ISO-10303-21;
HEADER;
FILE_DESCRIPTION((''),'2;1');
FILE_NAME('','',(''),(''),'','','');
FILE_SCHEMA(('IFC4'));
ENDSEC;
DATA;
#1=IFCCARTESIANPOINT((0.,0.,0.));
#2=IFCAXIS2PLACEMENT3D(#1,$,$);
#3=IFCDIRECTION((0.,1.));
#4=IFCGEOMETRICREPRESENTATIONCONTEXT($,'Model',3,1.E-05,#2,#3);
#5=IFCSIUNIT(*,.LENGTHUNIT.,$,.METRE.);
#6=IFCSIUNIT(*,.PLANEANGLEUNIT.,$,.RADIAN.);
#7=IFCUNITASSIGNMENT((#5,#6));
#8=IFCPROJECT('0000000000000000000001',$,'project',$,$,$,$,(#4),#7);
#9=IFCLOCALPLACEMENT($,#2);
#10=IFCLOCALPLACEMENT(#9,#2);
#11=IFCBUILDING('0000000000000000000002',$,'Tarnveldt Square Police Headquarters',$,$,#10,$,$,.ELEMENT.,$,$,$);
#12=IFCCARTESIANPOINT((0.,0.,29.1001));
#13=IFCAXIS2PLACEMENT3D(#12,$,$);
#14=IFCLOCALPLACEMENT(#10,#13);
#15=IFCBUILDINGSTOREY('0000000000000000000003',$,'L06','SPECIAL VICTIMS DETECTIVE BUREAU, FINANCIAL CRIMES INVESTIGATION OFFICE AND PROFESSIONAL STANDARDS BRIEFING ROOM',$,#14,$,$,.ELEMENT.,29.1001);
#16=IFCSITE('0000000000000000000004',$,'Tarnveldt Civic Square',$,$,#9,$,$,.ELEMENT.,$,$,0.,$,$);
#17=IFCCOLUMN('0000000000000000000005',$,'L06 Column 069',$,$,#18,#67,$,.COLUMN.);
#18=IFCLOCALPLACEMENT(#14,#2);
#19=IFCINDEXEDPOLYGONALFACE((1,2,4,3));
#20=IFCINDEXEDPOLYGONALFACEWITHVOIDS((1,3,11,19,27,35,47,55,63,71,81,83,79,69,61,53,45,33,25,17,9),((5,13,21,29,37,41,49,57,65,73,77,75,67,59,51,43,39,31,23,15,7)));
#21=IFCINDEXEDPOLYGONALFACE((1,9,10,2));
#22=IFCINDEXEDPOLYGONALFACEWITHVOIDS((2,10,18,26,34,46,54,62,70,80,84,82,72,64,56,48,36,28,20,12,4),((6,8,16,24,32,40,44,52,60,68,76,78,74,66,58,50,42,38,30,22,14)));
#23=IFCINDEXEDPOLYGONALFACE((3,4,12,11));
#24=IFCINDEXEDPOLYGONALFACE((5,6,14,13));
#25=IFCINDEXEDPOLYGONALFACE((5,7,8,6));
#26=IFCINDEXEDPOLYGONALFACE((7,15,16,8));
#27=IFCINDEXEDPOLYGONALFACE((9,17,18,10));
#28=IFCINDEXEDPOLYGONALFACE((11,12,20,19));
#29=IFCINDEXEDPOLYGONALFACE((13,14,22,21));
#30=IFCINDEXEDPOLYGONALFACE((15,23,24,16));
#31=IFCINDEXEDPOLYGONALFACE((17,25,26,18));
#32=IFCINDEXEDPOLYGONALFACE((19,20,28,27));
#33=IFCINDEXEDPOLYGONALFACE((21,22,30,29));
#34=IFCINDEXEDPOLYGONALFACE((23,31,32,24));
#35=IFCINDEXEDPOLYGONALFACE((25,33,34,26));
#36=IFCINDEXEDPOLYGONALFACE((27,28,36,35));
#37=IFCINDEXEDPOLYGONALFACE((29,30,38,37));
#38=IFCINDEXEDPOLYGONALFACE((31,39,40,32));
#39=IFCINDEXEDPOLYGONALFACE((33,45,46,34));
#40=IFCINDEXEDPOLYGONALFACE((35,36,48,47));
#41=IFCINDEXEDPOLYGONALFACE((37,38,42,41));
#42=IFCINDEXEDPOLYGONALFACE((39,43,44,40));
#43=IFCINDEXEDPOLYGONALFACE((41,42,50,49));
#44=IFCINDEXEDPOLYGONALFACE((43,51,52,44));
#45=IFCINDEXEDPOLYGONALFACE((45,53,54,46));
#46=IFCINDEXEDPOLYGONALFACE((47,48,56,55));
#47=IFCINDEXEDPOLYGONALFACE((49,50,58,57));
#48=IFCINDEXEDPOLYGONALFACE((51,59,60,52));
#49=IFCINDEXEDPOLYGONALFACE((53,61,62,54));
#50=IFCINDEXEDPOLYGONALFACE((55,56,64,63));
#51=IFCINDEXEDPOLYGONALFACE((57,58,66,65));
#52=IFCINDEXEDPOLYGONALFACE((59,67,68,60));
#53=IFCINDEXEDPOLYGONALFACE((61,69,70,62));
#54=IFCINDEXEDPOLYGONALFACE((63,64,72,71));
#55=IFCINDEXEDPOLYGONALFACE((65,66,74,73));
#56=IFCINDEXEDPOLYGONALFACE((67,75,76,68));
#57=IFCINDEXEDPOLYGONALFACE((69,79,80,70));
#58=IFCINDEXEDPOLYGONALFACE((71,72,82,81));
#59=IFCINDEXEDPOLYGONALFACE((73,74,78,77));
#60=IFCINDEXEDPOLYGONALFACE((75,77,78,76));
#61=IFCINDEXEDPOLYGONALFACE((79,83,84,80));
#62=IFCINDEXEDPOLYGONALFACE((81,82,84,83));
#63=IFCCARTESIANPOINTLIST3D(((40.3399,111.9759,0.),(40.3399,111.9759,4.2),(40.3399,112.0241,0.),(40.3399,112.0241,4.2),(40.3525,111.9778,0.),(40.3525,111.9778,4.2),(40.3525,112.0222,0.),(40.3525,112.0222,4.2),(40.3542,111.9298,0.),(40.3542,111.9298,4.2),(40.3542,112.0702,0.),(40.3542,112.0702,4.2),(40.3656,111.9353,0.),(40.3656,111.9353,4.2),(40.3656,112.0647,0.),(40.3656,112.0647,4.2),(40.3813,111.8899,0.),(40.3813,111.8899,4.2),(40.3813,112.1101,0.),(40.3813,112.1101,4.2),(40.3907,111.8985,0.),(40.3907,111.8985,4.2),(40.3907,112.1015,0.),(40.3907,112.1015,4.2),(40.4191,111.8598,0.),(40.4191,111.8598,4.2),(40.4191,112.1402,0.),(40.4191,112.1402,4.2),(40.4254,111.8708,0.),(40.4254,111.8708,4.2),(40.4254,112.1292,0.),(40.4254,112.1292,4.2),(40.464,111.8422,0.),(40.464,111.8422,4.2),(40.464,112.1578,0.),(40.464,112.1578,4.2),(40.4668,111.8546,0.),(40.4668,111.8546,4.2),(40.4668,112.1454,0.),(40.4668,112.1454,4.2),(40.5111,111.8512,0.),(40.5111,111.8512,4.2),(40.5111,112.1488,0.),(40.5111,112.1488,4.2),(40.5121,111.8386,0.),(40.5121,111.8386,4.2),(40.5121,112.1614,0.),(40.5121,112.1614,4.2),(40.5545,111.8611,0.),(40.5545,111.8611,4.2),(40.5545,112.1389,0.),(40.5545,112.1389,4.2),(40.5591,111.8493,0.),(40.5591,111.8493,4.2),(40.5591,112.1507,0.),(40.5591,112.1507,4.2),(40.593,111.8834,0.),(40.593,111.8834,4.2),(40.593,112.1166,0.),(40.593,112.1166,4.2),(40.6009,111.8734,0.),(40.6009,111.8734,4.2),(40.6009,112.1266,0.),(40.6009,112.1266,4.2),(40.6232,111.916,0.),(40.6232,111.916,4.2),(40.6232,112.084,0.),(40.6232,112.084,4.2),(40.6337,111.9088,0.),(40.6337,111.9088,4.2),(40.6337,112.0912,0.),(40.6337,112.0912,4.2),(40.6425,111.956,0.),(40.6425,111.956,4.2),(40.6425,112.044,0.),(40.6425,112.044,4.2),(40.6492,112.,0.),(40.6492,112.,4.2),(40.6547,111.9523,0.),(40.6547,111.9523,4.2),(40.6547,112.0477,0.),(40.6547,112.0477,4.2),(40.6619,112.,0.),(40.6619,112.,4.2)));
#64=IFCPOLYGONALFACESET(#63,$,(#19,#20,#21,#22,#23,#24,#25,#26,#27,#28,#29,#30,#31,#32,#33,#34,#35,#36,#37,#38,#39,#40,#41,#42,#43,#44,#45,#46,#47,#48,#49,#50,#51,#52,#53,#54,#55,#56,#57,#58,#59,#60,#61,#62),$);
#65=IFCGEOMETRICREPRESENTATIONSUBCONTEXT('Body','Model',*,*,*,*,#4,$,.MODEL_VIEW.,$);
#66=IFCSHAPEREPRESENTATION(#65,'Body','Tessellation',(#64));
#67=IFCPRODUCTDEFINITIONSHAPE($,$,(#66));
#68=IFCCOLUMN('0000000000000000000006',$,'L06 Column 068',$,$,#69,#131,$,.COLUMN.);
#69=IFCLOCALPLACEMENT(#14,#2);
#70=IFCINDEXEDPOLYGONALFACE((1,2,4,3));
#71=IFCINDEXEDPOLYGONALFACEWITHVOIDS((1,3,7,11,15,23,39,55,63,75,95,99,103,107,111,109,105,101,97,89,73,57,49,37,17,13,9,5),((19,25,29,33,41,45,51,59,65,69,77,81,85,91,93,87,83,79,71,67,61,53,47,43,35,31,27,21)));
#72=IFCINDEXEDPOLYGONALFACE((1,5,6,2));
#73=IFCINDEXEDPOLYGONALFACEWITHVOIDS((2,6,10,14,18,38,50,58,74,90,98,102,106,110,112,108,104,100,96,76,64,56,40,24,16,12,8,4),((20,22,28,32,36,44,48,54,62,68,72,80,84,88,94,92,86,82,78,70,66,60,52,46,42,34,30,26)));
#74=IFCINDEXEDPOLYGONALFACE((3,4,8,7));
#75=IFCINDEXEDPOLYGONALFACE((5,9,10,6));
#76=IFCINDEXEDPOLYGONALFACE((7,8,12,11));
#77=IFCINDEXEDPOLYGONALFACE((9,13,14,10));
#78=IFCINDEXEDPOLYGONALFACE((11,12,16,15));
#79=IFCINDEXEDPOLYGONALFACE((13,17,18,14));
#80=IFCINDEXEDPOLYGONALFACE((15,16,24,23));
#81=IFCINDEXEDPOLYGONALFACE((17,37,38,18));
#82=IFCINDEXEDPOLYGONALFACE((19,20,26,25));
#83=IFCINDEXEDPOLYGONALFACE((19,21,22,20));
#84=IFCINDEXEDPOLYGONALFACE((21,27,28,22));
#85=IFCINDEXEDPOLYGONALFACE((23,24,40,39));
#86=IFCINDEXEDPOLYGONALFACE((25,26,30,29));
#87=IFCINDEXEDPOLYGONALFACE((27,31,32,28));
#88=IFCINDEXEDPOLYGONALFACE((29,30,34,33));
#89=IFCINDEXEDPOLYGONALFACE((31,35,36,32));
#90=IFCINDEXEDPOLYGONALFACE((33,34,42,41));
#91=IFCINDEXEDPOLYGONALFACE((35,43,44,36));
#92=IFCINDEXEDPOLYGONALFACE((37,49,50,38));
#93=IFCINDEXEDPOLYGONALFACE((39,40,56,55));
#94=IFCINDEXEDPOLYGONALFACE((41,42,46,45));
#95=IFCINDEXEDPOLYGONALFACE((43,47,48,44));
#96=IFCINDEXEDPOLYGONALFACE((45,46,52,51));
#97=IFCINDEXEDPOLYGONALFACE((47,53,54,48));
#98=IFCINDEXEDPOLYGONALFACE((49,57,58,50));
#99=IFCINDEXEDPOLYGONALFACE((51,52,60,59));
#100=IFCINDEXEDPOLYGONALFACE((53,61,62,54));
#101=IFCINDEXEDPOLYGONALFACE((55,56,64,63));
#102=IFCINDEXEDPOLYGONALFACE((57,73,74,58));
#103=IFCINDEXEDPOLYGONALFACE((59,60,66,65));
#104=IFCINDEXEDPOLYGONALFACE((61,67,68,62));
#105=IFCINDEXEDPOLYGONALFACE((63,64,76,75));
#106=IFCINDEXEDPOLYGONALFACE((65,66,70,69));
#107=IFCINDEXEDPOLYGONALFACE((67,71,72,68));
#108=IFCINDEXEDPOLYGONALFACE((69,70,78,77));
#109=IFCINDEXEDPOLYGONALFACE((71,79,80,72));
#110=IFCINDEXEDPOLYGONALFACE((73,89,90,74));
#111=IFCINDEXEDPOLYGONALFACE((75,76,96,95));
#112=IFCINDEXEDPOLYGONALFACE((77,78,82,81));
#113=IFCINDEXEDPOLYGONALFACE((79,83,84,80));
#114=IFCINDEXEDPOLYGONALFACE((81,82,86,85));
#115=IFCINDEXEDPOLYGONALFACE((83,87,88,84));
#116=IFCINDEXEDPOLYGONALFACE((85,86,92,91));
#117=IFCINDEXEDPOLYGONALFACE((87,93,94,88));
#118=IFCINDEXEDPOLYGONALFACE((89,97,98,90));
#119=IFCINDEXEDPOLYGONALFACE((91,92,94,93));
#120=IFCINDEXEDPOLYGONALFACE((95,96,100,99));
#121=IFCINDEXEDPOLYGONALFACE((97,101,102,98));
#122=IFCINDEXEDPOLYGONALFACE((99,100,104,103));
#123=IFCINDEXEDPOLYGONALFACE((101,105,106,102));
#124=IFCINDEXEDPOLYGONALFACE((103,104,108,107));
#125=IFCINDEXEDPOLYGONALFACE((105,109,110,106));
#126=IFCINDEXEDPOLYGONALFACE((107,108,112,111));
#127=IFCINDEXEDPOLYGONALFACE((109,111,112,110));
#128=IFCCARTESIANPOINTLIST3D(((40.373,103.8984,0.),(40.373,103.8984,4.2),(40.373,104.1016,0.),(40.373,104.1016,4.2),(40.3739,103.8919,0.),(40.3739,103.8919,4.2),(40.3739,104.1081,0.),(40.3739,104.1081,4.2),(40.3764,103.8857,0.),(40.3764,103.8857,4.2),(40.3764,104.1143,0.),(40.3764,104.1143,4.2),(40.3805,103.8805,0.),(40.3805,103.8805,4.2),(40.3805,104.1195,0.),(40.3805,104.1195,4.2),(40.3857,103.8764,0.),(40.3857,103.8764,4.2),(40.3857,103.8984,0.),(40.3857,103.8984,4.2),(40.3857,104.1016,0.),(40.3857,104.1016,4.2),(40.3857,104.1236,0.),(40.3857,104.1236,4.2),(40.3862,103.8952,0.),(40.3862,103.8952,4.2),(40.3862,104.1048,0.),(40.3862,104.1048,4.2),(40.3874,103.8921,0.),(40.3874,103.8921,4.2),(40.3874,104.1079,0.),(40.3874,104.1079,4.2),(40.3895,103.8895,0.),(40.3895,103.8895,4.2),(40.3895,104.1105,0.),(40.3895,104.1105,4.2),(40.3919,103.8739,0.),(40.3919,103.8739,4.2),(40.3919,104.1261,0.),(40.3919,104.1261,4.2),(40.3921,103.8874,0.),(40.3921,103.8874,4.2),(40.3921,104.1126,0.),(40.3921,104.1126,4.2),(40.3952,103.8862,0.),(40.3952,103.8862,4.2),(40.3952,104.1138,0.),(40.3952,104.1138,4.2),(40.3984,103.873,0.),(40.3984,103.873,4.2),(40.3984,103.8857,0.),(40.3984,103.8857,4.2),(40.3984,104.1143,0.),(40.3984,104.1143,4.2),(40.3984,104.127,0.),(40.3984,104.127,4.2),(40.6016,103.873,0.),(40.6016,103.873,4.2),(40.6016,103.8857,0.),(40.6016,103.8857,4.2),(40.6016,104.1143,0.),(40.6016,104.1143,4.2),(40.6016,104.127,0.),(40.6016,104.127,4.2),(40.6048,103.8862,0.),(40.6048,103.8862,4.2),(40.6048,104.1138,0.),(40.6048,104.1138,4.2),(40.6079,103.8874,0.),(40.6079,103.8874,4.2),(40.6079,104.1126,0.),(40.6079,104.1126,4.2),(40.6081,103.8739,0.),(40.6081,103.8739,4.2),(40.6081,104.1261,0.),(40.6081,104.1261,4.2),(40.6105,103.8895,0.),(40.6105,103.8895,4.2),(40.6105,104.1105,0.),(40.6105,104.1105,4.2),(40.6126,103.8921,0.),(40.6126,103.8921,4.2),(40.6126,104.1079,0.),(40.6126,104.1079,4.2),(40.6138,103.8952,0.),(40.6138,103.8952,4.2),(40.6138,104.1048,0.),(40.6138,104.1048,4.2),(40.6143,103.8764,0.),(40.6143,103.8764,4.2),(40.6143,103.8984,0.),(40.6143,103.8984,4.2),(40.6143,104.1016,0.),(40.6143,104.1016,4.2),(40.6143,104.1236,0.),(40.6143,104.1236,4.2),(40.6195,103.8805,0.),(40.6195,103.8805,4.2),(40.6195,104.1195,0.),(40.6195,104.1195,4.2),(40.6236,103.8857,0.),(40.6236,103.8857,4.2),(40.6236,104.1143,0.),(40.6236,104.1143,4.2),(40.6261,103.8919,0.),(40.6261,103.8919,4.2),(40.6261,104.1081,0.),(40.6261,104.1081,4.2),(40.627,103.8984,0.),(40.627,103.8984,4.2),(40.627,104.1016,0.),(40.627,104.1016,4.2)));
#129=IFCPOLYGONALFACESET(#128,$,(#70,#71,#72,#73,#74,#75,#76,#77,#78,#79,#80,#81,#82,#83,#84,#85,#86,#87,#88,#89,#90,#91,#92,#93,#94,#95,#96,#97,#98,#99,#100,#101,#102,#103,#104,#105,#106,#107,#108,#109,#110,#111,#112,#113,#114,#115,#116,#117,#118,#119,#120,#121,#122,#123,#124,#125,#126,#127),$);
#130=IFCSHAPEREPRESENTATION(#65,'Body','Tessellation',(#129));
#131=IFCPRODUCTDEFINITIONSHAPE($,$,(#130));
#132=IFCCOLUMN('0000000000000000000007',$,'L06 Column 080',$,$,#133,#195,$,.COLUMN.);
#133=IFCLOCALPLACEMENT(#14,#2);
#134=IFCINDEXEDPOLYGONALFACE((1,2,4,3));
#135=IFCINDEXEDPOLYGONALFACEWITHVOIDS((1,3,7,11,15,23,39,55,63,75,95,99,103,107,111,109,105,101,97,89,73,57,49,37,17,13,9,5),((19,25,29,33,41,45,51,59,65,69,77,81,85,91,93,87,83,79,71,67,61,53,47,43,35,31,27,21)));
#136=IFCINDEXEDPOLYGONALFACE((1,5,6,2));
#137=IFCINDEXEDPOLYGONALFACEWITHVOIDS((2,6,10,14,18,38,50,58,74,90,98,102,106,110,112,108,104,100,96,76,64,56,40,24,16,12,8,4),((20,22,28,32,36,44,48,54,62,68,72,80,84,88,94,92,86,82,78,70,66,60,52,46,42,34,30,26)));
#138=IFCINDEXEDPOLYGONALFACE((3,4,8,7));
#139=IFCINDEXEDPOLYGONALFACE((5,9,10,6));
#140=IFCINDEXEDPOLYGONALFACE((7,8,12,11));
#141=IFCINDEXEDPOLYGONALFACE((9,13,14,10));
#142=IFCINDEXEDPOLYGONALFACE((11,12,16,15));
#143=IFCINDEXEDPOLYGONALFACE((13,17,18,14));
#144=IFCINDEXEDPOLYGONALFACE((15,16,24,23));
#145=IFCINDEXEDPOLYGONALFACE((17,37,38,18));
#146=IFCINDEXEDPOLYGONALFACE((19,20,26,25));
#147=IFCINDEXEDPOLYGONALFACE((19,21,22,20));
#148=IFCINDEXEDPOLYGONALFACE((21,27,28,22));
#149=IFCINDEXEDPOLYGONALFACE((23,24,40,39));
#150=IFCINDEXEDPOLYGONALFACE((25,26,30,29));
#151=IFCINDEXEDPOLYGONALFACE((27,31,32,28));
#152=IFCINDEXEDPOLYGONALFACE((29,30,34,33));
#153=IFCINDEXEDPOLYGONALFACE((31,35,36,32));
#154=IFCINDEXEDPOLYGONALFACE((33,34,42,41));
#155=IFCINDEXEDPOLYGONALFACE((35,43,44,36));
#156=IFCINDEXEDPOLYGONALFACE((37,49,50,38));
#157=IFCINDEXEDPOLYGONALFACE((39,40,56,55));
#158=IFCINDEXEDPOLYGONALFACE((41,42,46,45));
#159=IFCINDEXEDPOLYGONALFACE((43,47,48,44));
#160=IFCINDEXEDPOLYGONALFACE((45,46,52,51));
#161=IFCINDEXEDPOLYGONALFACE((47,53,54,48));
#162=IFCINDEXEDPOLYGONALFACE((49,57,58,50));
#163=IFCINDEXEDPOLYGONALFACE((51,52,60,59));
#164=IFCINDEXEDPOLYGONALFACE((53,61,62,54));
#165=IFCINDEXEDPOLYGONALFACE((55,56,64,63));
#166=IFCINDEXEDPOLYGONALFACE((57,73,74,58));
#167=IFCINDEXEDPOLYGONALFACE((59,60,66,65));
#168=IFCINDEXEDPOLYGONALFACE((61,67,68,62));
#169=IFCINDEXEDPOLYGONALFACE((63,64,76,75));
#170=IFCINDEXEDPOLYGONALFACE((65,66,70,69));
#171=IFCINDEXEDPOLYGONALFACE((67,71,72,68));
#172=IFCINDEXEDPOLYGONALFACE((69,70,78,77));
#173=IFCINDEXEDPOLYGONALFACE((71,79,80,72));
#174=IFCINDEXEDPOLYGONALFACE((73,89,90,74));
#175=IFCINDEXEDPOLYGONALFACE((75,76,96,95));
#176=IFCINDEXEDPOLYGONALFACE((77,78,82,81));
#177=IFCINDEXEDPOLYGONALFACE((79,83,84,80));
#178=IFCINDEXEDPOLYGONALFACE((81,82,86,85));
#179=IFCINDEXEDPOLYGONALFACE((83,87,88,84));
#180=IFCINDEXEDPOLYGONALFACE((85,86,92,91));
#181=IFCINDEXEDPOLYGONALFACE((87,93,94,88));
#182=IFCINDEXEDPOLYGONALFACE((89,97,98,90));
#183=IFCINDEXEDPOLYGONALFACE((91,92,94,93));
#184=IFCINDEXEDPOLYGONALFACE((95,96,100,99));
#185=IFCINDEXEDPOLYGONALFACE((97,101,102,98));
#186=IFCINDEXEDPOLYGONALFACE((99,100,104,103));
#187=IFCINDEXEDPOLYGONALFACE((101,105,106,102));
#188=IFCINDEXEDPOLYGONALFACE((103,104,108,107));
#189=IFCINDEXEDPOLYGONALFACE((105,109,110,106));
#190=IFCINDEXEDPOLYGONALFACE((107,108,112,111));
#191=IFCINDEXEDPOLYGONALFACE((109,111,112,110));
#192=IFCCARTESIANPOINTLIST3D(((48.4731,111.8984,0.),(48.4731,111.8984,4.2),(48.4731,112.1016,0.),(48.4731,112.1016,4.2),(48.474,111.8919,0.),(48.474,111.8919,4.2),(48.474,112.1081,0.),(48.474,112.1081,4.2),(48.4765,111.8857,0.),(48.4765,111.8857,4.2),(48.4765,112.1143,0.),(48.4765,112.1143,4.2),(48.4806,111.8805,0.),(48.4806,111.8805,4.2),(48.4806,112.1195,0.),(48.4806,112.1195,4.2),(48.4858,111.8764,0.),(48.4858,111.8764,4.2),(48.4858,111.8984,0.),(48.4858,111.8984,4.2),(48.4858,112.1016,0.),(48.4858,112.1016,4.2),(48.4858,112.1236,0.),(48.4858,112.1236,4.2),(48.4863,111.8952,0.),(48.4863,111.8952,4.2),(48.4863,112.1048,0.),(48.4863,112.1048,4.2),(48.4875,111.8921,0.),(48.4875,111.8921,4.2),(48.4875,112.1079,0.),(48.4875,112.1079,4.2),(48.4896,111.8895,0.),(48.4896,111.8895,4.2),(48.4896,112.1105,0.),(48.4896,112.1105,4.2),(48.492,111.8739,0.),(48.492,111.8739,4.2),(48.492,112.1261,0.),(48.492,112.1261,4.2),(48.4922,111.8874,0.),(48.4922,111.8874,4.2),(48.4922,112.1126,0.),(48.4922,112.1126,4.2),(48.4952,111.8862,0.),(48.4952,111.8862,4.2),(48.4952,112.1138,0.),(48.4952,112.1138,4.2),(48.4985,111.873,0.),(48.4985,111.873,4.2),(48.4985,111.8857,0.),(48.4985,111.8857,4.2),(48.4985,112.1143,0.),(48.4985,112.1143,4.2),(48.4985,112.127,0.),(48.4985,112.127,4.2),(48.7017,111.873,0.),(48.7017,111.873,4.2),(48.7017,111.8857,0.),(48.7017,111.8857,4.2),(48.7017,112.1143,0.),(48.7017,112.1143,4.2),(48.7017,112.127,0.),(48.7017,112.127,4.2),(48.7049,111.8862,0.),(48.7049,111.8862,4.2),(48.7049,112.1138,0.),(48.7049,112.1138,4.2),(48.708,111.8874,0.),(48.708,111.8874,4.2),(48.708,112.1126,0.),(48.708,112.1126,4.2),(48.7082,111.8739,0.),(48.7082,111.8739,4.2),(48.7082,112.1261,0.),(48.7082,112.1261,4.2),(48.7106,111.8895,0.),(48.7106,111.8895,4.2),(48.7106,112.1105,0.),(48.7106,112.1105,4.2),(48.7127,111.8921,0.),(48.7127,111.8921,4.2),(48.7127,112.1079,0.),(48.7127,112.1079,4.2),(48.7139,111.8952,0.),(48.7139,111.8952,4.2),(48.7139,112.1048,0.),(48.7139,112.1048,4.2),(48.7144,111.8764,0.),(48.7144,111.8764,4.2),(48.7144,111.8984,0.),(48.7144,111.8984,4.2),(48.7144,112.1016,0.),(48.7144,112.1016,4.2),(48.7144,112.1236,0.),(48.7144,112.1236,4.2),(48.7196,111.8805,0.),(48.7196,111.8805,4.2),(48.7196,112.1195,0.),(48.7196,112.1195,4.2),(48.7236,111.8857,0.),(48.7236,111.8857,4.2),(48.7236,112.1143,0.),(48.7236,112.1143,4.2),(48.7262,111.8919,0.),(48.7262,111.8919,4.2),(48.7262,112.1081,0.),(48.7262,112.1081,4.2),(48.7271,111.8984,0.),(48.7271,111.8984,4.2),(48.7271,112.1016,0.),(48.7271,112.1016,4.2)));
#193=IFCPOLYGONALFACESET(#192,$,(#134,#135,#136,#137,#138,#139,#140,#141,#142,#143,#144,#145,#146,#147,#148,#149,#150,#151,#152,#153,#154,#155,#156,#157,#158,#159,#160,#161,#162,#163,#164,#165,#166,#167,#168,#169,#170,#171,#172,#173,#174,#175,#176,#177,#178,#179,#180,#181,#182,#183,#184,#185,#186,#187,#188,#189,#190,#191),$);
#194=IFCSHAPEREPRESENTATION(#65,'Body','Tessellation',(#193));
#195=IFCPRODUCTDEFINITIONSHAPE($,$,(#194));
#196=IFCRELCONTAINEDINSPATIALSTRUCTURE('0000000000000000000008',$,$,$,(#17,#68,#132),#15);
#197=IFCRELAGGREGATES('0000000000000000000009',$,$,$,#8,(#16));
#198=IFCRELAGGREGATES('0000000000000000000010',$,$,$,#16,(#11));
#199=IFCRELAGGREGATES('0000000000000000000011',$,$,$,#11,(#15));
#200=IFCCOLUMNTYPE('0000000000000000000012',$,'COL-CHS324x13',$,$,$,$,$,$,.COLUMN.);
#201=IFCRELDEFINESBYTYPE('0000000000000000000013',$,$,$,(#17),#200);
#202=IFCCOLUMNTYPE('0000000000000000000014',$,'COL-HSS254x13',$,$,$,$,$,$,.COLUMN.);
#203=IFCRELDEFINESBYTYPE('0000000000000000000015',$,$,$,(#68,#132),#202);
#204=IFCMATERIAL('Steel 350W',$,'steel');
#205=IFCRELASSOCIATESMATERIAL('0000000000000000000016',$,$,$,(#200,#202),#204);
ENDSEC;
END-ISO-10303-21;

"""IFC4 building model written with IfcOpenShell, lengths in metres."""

from ifc_helpers import new_model, si_unit, direction, frame, origin, origin_2d, place, context, subcontext, project, spatial, hollow_rectangle, hollow_circle, extrude, material, material_profile, profile_set, type_object, element, save


model = new_model("IFC4")

# Units and contexts
model_context = context("Model", 3, precision=1e-05, world=origin(), true_north=direction((0.0, 1.0)))
body_context = subcontext(model_context, "Body", "Model", "MODEL_VIEW")
ifc_project = project(units=[si_unit("LENGTHUNIT", "METRE"), si_unit("PLANEANGLEUNIT", "RADIAN")], contexts=[model_context])

# Site, building, storey
site_placement = place(None, origin())
site = spatial("IfcSite", under=ifc_project, at=site_placement, Name="Tarnveldt Civic Square", CompositionType="ELEMENT", RefElevation=0.0)
building_placement = place(site_placement, origin())
building = spatial("IfcBuilding", under=site, at=building_placement, Name="Tarnveldt Square Police Headquarters", CompositionType="ELEMENT")
storey_placement = place(building_placement, frame((0.0, 0.0, 29.1001)))
storey = spatial("IfcBuildingStorey", under=building, at=storey_placement, Name="L06", Description="SPECIAL VICTIMS DETECTIVE BUREAU, FINANCIAL CRIMES INVESTIGATION OFFICE AND PROFESSIONAL STANDARDS BRIEFING ROOM", CompositionType="ELEMENT", Elevation=29.1001)

# Columns
ifc_material_1 = material(Name="Steel 350W", Category="steel")
ifc_material_profile_1 = material_profile(ifc_material_1, hollow_circle(Radius=0.1619, WallThickness=0.0127, at=origin_2d()), Name="HSS324x13")
ifc_profile_set_1 = profile_set([ifc_material_profile_1], Name="Steel 350W")
column_type_1 = type_object("IfcColumnType", Name="COL-CHS324x13", PredefinedType="COLUMN", material=ifc_profile_set_1)
column_placement = place(storey_placement, frame((40.5, 112.0, 0.0), z_axis=(0.0, 0.0, 1.0), x_axis=(1.0, 0.0, 0.0)))
element("IfcColumn", 1, at=column_placement, inside=storey, type_object=column_type_1, Name="L06 Column 069", PredefinedType="COLUMN", context=body_context, shape_type="SweptSolid", body=[
    extrude(hollow_circle(Radius=0.1619, WallThickness=0.0127, at=origin_2d()), origin(), (0.0, 0.0, 1.0), 4.2),
])
ifc_material_profile_2 = material_profile(ifc_material_1, hollow_rectangle(XDim=0.2539, YDim=0.2539, WallThickness=0.0127, InnerFilletRadius=0.0127, OuterFilletRadius=0.0254, at=origin_2d()), Name="HSS254x254x13")
ifc_profile_set_2 = profile_set([ifc_material_profile_2], Name="Steel 350W")
column_type_2 = type_object("IfcColumnType", Name="COL-HSS254x13", PredefinedType="COLUMN", material=ifc_profile_set_2)
for number, where, z_axis, x_axis, name in (
    (2, (40.5, 104.0, 0.0), (0.0, 0.0, 1.0), (1.0, 0.0, 0.0), "L06 Column 068"),
    (3, (48.6001, 112.0, 0.0), (0.0, 0.0, 1.0), (1.0, 0.0, 0.0), "L06 Column 080"),
):
    element("IfcColumn", number, at=place(storey_placement, frame(where, z_axis=z_axis, x_axis=x_axis)), inside=storey, type_object=column_type_2, Name=name, PredefinedType="COLUMN", context=body_context, shape_type="SweptSolid", body=[
        extrude(hollow_rectangle(XDim=0.2539, YDim=0.2539, WallThickness=0.0127, InnerFilletRadius=0.0127, OuterFilletRadius=0.0254, at=origin_2d()), origin(), (0.0, 0.0, 1.0), 4.2),
    ])

save(model, "model.ifc")
